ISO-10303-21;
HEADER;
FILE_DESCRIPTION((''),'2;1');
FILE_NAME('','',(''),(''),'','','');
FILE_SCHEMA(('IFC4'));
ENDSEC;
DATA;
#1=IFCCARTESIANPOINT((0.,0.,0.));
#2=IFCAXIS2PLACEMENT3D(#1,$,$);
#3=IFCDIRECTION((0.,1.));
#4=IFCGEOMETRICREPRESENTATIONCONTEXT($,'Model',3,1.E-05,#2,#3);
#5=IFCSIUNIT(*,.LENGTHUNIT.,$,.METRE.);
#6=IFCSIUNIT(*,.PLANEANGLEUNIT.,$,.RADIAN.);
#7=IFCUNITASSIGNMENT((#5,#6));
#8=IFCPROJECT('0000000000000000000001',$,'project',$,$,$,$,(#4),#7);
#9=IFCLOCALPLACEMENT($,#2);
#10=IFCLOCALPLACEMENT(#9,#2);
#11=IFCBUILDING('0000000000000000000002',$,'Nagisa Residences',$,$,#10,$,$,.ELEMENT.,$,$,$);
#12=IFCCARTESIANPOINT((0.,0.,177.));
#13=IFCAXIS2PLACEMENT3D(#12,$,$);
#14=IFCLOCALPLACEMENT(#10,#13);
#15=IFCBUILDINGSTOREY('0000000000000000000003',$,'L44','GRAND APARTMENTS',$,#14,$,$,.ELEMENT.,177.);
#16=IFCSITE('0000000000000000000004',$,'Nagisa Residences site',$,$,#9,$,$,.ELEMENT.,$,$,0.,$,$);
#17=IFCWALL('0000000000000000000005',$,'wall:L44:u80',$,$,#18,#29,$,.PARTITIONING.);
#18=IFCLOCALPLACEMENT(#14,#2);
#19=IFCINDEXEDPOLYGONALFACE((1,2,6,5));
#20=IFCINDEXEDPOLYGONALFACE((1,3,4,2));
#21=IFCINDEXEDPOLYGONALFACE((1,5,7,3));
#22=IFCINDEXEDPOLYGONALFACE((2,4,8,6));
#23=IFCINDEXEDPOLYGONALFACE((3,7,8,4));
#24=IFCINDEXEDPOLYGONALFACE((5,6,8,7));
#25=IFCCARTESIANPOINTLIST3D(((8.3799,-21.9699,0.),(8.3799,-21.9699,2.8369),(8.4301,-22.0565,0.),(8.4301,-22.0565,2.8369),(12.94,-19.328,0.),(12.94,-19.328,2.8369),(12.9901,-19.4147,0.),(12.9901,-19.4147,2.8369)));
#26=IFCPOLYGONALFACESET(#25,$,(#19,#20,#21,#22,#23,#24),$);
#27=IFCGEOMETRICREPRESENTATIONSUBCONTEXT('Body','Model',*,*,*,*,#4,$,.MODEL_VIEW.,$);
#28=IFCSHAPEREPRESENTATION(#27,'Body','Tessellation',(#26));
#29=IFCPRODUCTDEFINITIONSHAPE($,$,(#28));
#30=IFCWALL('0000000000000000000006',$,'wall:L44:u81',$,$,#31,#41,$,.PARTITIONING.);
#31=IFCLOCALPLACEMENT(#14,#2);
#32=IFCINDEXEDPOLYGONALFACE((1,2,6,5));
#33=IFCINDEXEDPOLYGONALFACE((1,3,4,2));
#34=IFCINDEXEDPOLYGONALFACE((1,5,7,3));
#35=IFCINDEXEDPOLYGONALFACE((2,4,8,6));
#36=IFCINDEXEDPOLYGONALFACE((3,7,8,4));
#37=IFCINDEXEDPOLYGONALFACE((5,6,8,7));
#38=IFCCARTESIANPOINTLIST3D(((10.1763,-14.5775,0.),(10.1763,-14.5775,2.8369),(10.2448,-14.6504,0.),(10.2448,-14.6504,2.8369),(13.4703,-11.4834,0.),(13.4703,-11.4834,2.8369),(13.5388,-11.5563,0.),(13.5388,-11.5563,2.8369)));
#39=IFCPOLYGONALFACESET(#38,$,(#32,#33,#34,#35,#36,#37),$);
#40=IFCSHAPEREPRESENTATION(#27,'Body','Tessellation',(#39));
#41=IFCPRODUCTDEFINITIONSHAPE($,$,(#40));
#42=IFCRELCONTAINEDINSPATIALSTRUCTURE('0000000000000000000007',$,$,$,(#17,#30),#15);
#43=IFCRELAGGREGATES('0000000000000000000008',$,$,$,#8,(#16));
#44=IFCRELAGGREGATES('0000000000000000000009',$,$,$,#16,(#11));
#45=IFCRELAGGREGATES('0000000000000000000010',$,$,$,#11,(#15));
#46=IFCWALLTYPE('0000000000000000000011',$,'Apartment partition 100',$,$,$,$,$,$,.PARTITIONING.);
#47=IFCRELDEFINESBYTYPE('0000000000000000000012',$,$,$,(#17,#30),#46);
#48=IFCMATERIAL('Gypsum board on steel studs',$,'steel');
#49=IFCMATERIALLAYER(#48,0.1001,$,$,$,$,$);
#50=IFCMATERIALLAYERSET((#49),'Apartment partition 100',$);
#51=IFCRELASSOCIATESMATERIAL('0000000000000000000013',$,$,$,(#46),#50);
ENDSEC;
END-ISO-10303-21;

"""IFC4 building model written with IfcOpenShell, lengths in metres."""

from ifc_helpers import new_model, si_unit, direction, frame, frame_2d, origin, place, context, subcontext, project, spatial, rectangle, extrude, material, layer, layer_set, type_object, element, save


model = new_model("IFC4")

# Units and contexts
model_context = context("Model", 3, precision=1e-05, world=origin(), true_north=direction((0.0, 1.0)))
body_context = subcontext(model_context, "Body", "Model", "MODEL_VIEW")
ifc_project = project(units=[si_unit("LENGTHUNIT", "METRE"), si_unit("PLANEANGLEUNIT", "RADIAN")], contexts=[model_context])

# Site, building, storey
site_placement = place(None, origin())
site = spatial("IfcSite", under=ifc_project, at=site_placement, Name="Nagisa Residences site", CompositionType="ELEMENT", RefElevation=0.0)
building_placement = place(site_placement, origin())
building = spatial("IfcBuilding", under=site, at=building_placement, Name="Nagisa Residences", CompositionType="ELEMENT")
storey_placement = place(building_placement, frame((0.0, 0.0, 177.0)))
storey = spatial("IfcBuildingStorey", under=building, at=storey_placement, Name="L44", Description="GRAND APARTMENTS", CompositionType="ELEMENT", Elevation=177.0)

# Shared definitions
ifc_material_1 = material(Name="Gypsum board on steel studs", Category="steel")
ifc_layer_1 = layer(ifc_material_1, 0.1001)
ifc_layer_set_1 = layer_set([ifc_layer_1], Name="Apartment partition 100")
wall_type_1 = type_object("IfcWallType", Name="Apartment partition 100", PredefinedType="PARTITIONING", material=ifc_layer_set_1)

# Walls
wall_1_placement = place(storey_placement, frame((8.405, -22.0132, 0.0), z_axis=(0.0, 0.0, 1.0), x_axis=(0.865277, 0.501294, 0.0)))
element("IfcWall", 1, at=wall_1_placement, inside=storey, type_object=wall_type_1, Name="wall:L44:u80", PredefinedType="PARTITIONING", context=body_context, shape_type="SweptSolid", body=[
    extrude(rectangle(XDim=5.27, YDim=0.1001, at=frame_2d((2.635, 0.0))), origin(), (0.0, 0.0, 1.0), 2.8369),
])
wall_2_placement = place(storey_placement, frame((10.2104, -14.614, 0.0), z_axis=(0.0, 0.0, 1.0), x_axis=(0.728883, 0.684638, 0.0)))
element("IfcWall", 2, at=wall_2_placement, inside=storey, type_object=wall_type_1, Name="wall:L44:u81", PredefinedType="PARTITIONING", context=body_context, shape_type="SweptSolid", body=[
    extrude(rectangle(XDim=4.5193, YDim=0.1001, at=frame_2d((2.2598, 0.0))), origin(), (0.0, 0.0, 1.0), 2.8369),
])

save(model, "model.ifc")
